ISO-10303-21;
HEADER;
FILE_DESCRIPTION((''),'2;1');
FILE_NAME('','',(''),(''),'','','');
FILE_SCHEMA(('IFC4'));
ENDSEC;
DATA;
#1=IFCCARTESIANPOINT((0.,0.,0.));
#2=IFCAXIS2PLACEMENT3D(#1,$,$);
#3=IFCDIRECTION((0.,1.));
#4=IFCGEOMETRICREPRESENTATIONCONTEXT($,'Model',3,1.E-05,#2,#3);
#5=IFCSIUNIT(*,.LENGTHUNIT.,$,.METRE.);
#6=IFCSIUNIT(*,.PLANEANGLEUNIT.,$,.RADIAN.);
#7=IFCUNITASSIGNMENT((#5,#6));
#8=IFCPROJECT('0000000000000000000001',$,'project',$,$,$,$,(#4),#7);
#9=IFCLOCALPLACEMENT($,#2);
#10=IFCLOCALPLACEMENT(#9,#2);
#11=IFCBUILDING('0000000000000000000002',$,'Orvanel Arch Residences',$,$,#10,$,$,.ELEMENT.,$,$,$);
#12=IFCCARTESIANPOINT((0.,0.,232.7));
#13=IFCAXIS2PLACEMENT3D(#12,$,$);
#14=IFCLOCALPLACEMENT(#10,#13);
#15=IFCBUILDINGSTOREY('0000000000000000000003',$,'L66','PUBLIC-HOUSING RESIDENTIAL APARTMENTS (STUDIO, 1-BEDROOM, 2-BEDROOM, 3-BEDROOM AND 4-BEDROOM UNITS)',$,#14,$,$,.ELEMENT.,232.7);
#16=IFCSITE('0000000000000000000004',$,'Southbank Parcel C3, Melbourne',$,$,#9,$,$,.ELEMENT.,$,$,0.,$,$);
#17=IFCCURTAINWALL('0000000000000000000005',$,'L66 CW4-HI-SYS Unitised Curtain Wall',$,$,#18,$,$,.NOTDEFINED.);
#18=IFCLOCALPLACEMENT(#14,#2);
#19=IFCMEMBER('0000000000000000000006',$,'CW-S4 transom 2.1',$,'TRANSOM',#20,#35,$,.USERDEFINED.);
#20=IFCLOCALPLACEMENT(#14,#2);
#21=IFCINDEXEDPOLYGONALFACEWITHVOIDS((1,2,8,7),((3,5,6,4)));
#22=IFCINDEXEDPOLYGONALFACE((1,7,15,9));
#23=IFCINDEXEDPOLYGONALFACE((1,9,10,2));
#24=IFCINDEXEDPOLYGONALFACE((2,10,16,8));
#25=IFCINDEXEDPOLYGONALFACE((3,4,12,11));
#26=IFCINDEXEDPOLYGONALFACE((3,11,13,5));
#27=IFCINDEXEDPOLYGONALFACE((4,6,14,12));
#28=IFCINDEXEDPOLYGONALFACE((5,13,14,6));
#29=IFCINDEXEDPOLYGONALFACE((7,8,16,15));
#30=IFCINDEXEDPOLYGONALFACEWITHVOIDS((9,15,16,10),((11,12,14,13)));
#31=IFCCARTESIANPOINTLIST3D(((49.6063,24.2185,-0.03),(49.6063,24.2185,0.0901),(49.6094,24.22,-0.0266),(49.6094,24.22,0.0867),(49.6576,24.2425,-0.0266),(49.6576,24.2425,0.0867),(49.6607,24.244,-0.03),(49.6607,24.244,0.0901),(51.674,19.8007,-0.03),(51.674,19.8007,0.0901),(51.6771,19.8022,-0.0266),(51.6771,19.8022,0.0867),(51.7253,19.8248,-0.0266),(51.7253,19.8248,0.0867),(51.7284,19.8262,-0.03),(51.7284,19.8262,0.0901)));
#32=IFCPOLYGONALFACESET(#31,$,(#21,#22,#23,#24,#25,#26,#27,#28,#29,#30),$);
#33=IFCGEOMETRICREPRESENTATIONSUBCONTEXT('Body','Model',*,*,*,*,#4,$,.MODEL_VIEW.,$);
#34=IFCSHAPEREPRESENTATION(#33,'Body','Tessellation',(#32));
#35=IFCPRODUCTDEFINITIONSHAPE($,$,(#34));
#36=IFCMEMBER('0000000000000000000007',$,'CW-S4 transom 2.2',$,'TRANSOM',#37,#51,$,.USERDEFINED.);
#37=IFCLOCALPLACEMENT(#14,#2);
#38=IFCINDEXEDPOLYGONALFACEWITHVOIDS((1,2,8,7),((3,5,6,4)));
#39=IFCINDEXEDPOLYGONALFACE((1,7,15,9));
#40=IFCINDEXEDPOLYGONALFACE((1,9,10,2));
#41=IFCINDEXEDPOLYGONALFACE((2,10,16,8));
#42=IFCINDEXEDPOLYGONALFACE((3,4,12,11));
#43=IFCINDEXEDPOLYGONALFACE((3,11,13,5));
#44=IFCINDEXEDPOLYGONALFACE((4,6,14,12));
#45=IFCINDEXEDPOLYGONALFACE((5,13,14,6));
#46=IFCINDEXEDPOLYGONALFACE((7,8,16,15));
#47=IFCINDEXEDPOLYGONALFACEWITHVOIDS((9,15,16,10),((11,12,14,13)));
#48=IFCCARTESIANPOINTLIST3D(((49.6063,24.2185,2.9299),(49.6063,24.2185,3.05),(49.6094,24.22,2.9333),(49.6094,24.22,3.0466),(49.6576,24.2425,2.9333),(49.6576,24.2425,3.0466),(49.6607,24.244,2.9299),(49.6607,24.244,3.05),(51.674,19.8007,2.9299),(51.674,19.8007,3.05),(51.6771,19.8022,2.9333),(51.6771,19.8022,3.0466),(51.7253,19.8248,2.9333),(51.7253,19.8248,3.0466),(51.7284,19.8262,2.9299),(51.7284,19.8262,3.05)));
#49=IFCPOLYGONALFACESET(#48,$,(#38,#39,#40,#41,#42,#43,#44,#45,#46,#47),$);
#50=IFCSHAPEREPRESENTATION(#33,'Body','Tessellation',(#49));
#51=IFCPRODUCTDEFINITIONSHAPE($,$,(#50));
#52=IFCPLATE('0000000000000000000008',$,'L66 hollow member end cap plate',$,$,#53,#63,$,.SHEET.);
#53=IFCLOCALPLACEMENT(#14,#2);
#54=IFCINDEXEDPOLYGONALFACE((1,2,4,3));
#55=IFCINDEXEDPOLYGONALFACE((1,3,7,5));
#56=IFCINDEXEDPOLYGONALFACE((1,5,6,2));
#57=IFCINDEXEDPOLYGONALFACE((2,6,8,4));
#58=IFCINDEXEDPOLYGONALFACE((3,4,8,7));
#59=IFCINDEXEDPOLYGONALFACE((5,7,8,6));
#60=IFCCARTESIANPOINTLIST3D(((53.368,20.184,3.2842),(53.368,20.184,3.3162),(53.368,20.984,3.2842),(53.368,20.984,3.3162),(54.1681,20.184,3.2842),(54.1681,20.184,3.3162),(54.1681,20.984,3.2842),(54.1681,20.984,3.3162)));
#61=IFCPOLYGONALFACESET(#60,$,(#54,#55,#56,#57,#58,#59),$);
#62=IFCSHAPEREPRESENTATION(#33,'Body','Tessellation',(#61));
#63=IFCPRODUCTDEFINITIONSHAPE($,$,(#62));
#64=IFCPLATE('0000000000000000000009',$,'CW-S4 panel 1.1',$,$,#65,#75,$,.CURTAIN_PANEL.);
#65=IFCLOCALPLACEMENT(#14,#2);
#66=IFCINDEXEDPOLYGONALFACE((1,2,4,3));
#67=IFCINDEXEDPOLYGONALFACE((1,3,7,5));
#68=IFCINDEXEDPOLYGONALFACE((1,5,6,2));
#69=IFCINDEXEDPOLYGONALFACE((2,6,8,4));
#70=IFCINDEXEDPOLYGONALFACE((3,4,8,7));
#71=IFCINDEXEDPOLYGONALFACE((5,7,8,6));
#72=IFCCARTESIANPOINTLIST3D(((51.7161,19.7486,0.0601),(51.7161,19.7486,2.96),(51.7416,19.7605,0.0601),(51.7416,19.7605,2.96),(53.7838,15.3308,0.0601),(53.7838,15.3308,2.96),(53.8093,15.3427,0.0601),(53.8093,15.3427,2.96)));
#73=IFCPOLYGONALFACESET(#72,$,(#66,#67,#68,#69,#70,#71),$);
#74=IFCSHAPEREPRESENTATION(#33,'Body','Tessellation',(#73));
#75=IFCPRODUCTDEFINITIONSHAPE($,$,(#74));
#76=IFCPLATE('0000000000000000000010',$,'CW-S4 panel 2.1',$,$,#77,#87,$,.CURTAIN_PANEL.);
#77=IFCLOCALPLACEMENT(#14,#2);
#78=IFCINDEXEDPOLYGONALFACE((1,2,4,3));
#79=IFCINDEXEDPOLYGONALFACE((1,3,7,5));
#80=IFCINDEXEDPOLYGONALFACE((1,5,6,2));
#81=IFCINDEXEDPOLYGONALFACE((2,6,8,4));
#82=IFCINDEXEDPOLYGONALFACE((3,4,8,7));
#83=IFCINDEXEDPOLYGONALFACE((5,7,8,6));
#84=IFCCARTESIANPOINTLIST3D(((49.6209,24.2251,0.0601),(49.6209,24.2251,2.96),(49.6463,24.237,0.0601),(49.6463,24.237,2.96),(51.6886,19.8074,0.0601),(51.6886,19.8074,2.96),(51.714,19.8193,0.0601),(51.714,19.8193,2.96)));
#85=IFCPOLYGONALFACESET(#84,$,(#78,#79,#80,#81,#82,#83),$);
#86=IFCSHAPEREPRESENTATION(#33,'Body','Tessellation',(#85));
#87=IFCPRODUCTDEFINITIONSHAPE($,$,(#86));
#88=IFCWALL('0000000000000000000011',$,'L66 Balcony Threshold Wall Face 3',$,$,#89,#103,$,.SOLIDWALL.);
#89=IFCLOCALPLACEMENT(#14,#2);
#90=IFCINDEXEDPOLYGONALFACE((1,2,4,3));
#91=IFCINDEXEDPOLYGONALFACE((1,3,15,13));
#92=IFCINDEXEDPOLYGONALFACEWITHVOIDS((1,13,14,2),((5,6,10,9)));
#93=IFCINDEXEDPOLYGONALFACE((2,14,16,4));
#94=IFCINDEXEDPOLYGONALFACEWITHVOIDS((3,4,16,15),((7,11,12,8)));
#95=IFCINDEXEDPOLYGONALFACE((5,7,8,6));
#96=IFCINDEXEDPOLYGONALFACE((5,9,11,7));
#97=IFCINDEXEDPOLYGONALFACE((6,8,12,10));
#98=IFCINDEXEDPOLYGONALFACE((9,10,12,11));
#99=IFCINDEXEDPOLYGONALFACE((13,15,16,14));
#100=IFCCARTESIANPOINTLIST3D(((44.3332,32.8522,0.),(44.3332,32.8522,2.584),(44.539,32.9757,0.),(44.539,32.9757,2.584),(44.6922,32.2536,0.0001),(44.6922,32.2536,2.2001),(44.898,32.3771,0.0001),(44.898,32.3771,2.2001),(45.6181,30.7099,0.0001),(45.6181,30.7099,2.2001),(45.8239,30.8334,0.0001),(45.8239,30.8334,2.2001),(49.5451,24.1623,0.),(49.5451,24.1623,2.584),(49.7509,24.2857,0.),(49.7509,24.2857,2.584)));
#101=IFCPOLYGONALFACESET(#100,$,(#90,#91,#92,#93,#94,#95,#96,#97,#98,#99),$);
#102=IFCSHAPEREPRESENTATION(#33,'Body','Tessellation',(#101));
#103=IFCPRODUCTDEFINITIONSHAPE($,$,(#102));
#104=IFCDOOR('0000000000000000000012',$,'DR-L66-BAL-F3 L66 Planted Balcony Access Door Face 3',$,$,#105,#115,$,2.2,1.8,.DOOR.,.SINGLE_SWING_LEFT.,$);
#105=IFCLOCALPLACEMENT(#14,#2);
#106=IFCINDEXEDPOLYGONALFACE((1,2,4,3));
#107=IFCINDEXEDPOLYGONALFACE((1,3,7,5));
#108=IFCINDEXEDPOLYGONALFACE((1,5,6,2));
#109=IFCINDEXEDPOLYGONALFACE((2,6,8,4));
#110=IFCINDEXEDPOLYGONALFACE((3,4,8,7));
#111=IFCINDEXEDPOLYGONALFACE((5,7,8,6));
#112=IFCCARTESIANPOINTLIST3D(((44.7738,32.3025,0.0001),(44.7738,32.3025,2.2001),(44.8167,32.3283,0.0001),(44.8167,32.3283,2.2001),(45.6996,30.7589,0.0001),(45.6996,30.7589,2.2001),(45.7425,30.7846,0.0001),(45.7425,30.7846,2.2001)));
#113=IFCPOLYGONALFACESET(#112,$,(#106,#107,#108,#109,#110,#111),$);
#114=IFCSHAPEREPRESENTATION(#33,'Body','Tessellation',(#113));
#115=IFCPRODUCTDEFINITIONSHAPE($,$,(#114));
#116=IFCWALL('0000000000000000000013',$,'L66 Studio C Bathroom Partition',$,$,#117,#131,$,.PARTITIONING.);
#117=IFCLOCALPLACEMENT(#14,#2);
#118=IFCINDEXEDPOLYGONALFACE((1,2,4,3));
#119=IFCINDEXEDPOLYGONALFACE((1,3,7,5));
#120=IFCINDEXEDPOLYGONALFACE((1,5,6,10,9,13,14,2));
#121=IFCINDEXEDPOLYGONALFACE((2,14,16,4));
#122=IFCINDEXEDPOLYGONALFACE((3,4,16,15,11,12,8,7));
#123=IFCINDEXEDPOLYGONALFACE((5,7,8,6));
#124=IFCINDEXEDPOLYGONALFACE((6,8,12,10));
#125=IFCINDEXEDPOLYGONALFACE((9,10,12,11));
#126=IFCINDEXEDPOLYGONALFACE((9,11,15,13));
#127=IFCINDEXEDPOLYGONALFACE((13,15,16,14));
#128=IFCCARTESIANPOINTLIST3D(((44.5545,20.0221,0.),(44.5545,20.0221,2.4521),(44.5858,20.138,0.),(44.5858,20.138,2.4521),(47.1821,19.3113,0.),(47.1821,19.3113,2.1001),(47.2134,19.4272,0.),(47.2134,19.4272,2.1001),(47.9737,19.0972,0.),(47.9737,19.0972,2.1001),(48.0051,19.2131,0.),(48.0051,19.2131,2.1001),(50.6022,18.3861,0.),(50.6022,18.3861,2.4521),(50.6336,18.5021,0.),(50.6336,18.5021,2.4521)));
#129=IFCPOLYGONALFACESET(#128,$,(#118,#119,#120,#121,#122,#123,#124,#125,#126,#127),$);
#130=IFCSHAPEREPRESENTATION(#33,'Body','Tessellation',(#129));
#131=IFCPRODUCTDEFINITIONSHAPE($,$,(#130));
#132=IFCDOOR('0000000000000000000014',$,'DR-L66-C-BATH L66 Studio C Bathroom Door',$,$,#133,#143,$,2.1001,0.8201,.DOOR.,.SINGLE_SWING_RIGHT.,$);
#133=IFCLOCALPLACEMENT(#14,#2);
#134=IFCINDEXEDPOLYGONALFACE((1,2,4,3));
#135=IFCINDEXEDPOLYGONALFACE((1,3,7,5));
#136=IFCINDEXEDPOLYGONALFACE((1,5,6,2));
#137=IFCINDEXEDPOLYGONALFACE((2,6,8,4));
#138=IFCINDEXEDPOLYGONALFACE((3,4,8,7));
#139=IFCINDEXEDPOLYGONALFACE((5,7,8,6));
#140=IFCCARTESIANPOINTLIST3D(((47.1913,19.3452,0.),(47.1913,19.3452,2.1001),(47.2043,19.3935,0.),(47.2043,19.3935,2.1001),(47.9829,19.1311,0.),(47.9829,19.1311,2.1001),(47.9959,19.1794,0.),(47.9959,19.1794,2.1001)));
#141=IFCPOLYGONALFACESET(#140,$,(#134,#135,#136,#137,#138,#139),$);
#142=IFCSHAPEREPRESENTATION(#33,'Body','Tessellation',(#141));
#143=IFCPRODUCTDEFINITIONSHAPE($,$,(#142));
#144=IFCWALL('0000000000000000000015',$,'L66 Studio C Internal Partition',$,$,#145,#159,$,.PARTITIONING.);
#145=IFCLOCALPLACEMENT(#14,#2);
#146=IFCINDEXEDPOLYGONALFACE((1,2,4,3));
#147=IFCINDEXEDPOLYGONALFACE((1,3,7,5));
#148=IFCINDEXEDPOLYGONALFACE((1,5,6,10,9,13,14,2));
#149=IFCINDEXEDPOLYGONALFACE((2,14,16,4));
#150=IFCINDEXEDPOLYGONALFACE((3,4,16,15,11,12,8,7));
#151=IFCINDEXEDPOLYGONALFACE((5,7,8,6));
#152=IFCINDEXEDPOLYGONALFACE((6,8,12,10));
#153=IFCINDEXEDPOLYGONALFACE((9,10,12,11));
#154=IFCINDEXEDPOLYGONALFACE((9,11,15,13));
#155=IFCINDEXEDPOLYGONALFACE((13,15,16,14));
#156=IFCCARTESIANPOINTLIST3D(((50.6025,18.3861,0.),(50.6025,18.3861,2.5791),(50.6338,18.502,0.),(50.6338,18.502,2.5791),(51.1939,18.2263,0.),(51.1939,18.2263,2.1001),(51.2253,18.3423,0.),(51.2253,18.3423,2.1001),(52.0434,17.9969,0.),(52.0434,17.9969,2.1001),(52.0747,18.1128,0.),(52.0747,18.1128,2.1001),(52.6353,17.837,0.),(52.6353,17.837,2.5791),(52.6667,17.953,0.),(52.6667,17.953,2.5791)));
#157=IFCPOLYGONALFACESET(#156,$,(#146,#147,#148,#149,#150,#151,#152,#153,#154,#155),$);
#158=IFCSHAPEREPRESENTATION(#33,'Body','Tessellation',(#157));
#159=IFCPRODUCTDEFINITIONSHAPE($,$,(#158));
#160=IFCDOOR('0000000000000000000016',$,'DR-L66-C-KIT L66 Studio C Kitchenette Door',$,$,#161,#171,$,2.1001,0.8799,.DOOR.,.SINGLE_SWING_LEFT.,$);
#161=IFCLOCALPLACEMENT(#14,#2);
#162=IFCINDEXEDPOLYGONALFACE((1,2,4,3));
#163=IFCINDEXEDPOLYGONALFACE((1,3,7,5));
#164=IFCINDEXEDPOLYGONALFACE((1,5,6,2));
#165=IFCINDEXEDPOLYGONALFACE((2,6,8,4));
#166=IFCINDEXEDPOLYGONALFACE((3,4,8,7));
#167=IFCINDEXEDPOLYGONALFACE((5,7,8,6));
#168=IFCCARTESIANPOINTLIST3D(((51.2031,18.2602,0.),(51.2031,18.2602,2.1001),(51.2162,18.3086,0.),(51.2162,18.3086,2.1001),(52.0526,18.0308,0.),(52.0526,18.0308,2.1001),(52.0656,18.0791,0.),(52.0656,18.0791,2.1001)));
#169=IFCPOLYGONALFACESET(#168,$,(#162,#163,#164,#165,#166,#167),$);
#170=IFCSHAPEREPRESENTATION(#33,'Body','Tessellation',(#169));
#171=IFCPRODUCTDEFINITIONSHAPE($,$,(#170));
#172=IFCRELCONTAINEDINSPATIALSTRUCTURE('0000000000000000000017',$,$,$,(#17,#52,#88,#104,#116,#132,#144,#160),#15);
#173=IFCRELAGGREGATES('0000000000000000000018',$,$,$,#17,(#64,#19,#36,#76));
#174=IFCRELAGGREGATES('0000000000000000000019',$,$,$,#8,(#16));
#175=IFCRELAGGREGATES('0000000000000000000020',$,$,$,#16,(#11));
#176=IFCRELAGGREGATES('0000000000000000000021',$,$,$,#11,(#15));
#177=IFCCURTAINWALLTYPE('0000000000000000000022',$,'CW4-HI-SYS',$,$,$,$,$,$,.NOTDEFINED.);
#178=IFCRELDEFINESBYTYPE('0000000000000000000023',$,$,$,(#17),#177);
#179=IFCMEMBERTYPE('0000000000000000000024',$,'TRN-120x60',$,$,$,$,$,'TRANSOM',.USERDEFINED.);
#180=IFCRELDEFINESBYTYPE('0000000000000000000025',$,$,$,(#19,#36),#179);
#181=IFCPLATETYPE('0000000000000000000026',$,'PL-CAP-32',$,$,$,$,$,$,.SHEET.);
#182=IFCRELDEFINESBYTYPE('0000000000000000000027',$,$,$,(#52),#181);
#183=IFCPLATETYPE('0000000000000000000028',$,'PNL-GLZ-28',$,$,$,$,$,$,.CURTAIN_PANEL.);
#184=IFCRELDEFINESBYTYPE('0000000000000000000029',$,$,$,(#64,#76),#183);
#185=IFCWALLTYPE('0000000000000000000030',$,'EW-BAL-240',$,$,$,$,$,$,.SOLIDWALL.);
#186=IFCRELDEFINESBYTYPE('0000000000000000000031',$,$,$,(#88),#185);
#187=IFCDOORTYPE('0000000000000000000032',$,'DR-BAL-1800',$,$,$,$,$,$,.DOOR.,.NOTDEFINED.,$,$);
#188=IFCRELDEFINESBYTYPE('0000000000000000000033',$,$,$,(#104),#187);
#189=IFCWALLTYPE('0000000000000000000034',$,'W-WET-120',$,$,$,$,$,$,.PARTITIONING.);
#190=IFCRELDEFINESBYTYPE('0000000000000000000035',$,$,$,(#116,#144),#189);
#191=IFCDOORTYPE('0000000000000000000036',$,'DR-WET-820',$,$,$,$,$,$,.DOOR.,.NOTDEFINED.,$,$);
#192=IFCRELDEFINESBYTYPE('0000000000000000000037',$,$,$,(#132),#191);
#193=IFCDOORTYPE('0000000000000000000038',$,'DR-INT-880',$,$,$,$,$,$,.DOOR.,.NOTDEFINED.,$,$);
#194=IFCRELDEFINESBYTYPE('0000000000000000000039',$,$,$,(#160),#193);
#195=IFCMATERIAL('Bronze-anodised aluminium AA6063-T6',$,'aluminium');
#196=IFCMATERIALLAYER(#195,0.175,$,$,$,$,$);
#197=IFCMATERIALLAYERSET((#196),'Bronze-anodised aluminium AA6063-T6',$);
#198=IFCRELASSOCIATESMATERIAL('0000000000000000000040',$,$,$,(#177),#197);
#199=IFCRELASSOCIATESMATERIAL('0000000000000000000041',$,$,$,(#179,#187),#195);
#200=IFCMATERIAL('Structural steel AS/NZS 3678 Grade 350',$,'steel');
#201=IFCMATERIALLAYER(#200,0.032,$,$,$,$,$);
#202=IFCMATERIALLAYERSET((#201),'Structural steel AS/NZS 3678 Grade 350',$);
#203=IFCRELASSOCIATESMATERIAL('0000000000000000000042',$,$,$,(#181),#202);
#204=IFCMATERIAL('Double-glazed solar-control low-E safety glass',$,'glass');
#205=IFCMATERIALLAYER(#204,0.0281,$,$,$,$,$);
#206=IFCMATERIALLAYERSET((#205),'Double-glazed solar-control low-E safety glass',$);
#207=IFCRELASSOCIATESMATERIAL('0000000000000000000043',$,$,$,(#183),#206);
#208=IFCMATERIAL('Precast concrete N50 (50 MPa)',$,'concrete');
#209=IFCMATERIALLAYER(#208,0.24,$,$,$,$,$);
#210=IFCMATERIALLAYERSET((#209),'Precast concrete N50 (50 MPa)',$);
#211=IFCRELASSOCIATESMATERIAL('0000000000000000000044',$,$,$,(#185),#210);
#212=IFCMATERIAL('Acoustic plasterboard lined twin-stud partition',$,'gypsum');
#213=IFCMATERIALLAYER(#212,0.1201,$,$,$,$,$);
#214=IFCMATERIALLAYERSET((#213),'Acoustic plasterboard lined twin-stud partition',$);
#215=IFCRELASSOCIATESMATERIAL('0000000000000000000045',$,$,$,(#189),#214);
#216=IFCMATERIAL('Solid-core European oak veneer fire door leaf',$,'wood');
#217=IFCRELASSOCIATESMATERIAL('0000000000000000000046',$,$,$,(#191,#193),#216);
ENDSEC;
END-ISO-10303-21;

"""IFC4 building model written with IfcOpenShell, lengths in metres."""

from ifc_helpers import new_model, si_unit, direction, frame, frame_2d, origin, origin_2d, place, context, subcontext, project, spatial, rectangle, hollow_rectangle, extrude, material, layer, layer_set, material_profile, profile_set, type_object, element, fill, aggregate, save


model = new_model("IFC4")

# Units and contexts
model_context = context("Model", 3, precision=1e-05, world=origin(), true_north=direction((0.0, 1.0)))
body_context = subcontext(model_context, "Body", "Model", "MODEL_VIEW")
ifc_project = project(units=[si_unit("LENGTHUNIT", "METRE"), si_unit("PLANEANGLEUNIT", "RADIAN")], contexts=[model_context])

# Site, building, storey
site_placement = place(None, origin())
site = spatial("IfcSite", under=ifc_project, at=site_placement, Name="Southbank Parcel C3, Melbourne", CompositionType="ELEMENT", RefElevation=0.0)
building_placement = place(site_placement, origin())
building = spatial("IfcBuilding", under=site, at=building_placement, Name="Orvanel Arch Residences", CompositionType="ELEMENT")
storey_placement = place(building_placement, frame((0.0, 0.0, 232.7)))
storey = spatial("IfcBuildingStorey", under=building, at=storey_placement, Name="L66", Description="PUBLIC-HOUSING RESIDENTIAL APARTMENTS (STUDIO, 1-BEDROOM, 2-BEDROOM, 3-BEDROOM AND 4-BEDROOM UNITS)", CompositionType="ELEMENT", Elevation=232.7)

# Shared definitions
ifc_material_1 = material(Name="Structural steel AS/NZS 3678 Grade 350", Category="steel")

# Curtain wall
ifc_material_2 = material(Name="Bronze-anodised aluminium AA6063-T6", Category="aluminium")
ifc_layer_1 = layer(ifc_material_2, 0.175)
ifc_layer_set_1 = layer_set([ifc_layer_1], Name="Bronze-anodised aluminium AA6063-T6")
curtain_wall_type = type_object("IfcCurtainWallType", Name="CW4-HI-SYS", PredefinedType="NOTDEFINED", material=ifc_layer_set_1)
curtain_wall_placement = place(storey_placement, origin())
curtain_wall = element("IfcCurtainWall", 1, at=curtain_wall_placement, inside=storey, type_object=curtain_wall_type, Name="L66 CW4-HI-SYS Unitised Curtain Wall", PredefinedType="NOTDEFINED")

# Members
ifc_material_profile_1 = material_profile(ifc_material_2, hollow_rectangle(XDim=0.0601, YDim=0.1201, WallThickness=0.0034, at=origin_2d()), Name="ALU120x60x3.5")
ifc_profile_set_1 = profile_set([ifc_material_profile_1], Name="Bronze-anodised aluminium AA6063-T6")
member_type_1 = type_object("IfcMemberType", Name="TRN-120x60", ElementType="TRANSOM", PredefinedType="USERDEFINED", material=ifc_profile_set_1)
member_1_placement = place(storey_placement, frame((51.7012, 19.8135, 0.03), z_axis=(-0.423899, 0.905709, 0.0), x_axis=(-0.905709, -0.423899, 0.0)))
member_1 = element("IfcMember", 2, at=member_1_placement, type_object=member_type_1, Name="CW-S4 transom 2.1", ObjectType="TRANSOM", PredefinedType="USERDEFINED", context=body_context, shape_type="SweptSolid", body=[
    extrude(hollow_rectangle(XDim=0.0601, YDim=0.1201, WallThickness=0.0034, at=origin_2d()), origin(), (0.0, 0.0, 1.0), 4.8777),
])
member_2_placement = place(storey_placement, frame((51.7012, 19.8135, 2.99), z_axis=(-0.423899, 0.905709, 0.0), x_axis=(-0.905709, -0.423899, 0.0)))
member_2 = element("IfcMember", 3, at=member_2_placement, type_object=member_type_1, Name="CW-S4 transom 2.2", ObjectType="TRANSOM", PredefinedType="USERDEFINED", context=body_context, shape_type="SweptSolid", body=[
    extrude(hollow_rectangle(XDim=0.0601, YDim=0.1201, WallThickness=0.0034, at=origin_2d()), origin(), (0.0, 0.0, 1.0), 4.8777),
])

# Plates
ifc_layer_2 = layer(ifc_material_1, 0.032)
ifc_layer_set_2 = layer_set([ifc_layer_2], Name="Structural steel AS/NZS 3678 Grade 350")
plate_type_1 = type_object("IfcPlateType", Name="PL-CAP-32", PredefinedType="SHEET", material=ifc_layer_set_2)
plate_1_placement = place(storey_placement, frame((53.7681, 20.584, 3.2842), z_axis=(0.0, 0.0, 1.0), x_axis=(1.0, 0.0, 0.0)))
element("IfcPlate", 4, at=plate_1_placement, inside=storey, type_object=plate_type_1, Name="L66 hollow member end cap plate", PredefinedType="SHEET", context=body_context, shape_type="SweptSolid", body=[
    extrude(rectangle(XDim=0.8, YDim=0.8, at=origin_2d()), origin(), (0.0, 0.0, 1.0), 0.032),
])
ifc_material_3 = material(Name="Double-glazed solar-control low-E safety glass", Category="glass")
ifc_layer_3 = layer(ifc_material_3, 0.0281)
ifc_layer_set_3 = layer_set([ifc_layer_3], Name="Double-glazed solar-control low-E safety glass")
plate_type_2 = type_object("IfcPlateType", Name="PNL-GLZ-28", PredefinedType="CURTAIN_PANEL", material=ifc_layer_set_3)
plate_2_placement = place(storey_placement, frame((52.7627, 17.5457, 0.0601), z_axis=(0.0, 0.0, 1.0), x_axis=(-0.423909, 0.905705, 0.0)))
plate_2 = element("IfcPlate", 5, at=plate_2_placement, type_object=plate_type_2, Name="CW-S4 panel 1.1", PredefinedType="CURTAIN_PANEL", context=body_context, shape_type="SweptSolid", body=[
    extrude(rectangle(XDim=4.8777, YDim=0.0281, at=origin_2d()), origin(), (0.0, 0.0, 1.0), 2.8999),
])
plate_3_placement = place(storey_placement, frame((50.6675, 22.0222, 0.0601), z_axis=(0.0, 0.0, 1.0), x_axis=(-0.423909, 0.905705, 0.0)))
plate_3 = element("IfcPlate", 6, at=plate_3_placement, type_object=plate_type_2, Name="CW-S4 panel 2.1", PredefinedType="CURTAIN_PANEL", context=body_context, shape_type="SweptSolid", body=[
    extrude(rectangle(XDim=4.8777, YDim=0.0281, at=origin_2d()), origin(), (0.0, 0.0, 1.0), 2.8999),
])
aggregate(curtain_wall, [plate_2, member_1, member_2, plate_3])

# Walls, openings, doors
ifc_material_4 = material(Name="Precast concrete N50 (50 MPa)", Category="concrete")
ifc_layer_4 = layer(ifc_material_4, 0.24)
ifc_layer_set_4 = layer_set([ifc_layer_4], Name="Precast concrete N50 (50 MPa)")
wall_type_1 = type_object("IfcWallType", Name="EW-BAL-240", PredefinedType="SOLIDWALL", material=ifc_layer_set_4)
wall_1_placement = place(storey_placement, frame((49.6479, 24.2241, 0.0), z_axis=(0.0, 0.0, 1.0), x_axis=(-0.514347, 0.857582, 0.0)))
wall_1 = element("IfcWall", 7, at=wall_1_placement, inside=storey, type_object=wall_type_1, Name="L66 Balcony Threshold Wall Face 3", PredefinedType="SOLIDWALL", context=body_context, shape_type="SweptSolid", body=[
    extrude(rectangle(XDim=10.1331, YDim=0.24, at=frame_2d((5.0664, 0.0))), origin(), (0.0, 0.0, 1.0), 2.584),
])
opening_1_placement = place(wall_1_placement, frame((7.635, 0.0, 0.0)))
opening_1 = element("IfcOpeningElement", 8, at=opening_1_placement, cuts=wall_1, PredefinedType="OPENING", context=body_context, shape_type="SweptSolid", body=[
    extrude(rectangle(XDim=1.8, YDim=2.2, at=frame_2d((0.8999, 1.1001))), frame((0.0, 0.1299, 0.0), z_axis=(0.0, -1.0, 0.0), x_axis=(1.0, 0.0, 0.0)), (0.0, 0.0, 1.0), 0.26),
])
door_type_1 = type_object("IfcDoorType", Name="DR-BAL-1800", OperationType="NOTDEFINED", PredefinedType="DOOR", material=ifc_material_2)
door_1_placement = place(opening_1_placement, origin())
door_1 = element("IfcDoor", 9, at=door_1_placement, inside=storey, type_object=door_type_1, Name="DR-L66-BAL-F3 L66 Planted Balcony Access Door Face 3", OperationType="SINGLE_SWING_LEFT", OverallHeight=2.2, OverallWidth=1.8, PredefinedType="DOOR", context=body_context, shape_type="SweptSolid", body=[
    extrude(rectangle(XDim=1.8, YDim=2.2, at=frame_2d((0.8999, 1.1001))), frame((0.0, 0.0249, 0.0), z_axis=(0.0, -1.0, 0.0), x_axis=(1.0, 0.0, 0.0)), (0.0, 0.0, 1.0), 0.05),
])
fill(opening_1, door_1)
ifc_material_5 = material(Name="Acoustic plasterboard lined twin-stud partition", Category="gypsum")
ifc_layer_5 = layer(ifc_material_5, 0.1201)
ifc_layer_set_5 = layer_set([ifc_layer_5], Name="Acoustic plasterboard lined twin-stud partition")
wall_type_2 = type_object("IfcWallType", Name="W-WET-120", PredefinedType="PARTITIONING", material=ifc_layer_set_5)
wall_2_placement = place(storey_placement, frame((50.6179, 18.4441, 0.0), z_axis=(0.0, 0.0, 1.0), x_axis=(-0.965306, 0.261122, 0.0)))
wall_2 = element("IfcWall", 10, at=wall_2_placement, inside=storey, type_object=wall_type_2, Name="L66 Studio C Bathroom Partition", PredefinedType="PARTITIONING", context=body_context, shape_type="SweptSolid", body=[
    extrude(rectangle(XDim=6.2651, YDim=0.1201, at=frame_2d((3.1326, 0.0))), origin(), (0.0, 0.0, 1.0), 2.4521),
])
opening_2_placement = place(wall_2_placement, frame((2.7229, 0.0, 0.0)))
opening_2 = element("IfcOpeningElement", 11, at=opening_2_placement, cuts=wall_2, PredefinedType="OPENING", context=body_context, shape_type="SweptSolid", body=[
    extrude(rectangle(XDim=0.8201, YDim=2.1001, at=frame_2d((0.4102, 1.05))), frame((0.0, 0.0701, 0.0), z_axis=(0.0, -1.0, 0.0), x_axis=(1.0, 0.0, 0.0)), (0.0, 0.0, 1.0), 0.1401),
])
ifc_material_6 = material(Name="Solid-core European oak veneer fire door leaf", Category="wood")
door_type_2 = type_object("IfcDoorType", Name="DR-WET-820", OperationType="NOTDEFINED", PredefinedType="DOOR", material=ifc_material_6)
door_2_placement = place(opening_2_placement, origin())
door_2 = element("IfcDoor", 12, at=door_2_placement, inside=storey, type_object=door_type_2, Name="DR-L66-C-BATH L66 Studio C Bathroom Door", OperationType="SINGLE_SWING_RIGHT", OverallHeight=2.1001, OverallWidth=0.8201, PredefinedType="DOOR", context=body_context, shape_type="SweptSolid", body=[
    extrude(rectangle(XDim=0.8201, YDim=2.1001, at=frame_2d((0.4102, 1.05))), frame((0.0, 0.0249, 0.0), z_axis=(0.0, -1.0, 0.0), x_axis=(1.0, 0.0, 0.0)), (0.0, 0.0, 1.0), 0.05),
])
fill(opening_2, door_2)
wall_3_placement = place(storey_placement, frame((52.6509, 17.895, 0.0), z_axis=(0.0, 0.0, 1.0), x_axis=(-0.965408, 0.260743, 0.0)))
wall_3 = element("IfcWall", 13, at=wall_3_placement, inside=storey, type_object=wall_type_2, Name="L66 Studio C Internal Partition", PredefinedType="PARTITIONING", context=body_context, shape_type="SweptSolid", body=[
    extrude(rectangle(XDim=2.1057, YDim=0.1201, at=frame_2d((1.0527, 0.0))), origin(), (0.0, 0.0, 1.0), 2.5791),
])
opening_3_placement = place(wall_3_placement, frame((0.613, 0.0, 0.0)))
opening_3 = element("IfcOpeningElement", 14, at=opening_3_placement, cuts=wall_3, PredefinedType="OPENING", context=body_context, shape_type="SweptSolid", body=[
    extrude(rectangle(XDim=0.8799, YDim=2.1001, at=frame_2d((0.4399, 1.05))), frame((0.0, 0.0701, 0.0), z_axis=(0.0, -1.0, 0.0), x_axis=(1.0, 0.0, 0.0)), (0.0, 0.0, 1.0), 0.1401),
])
door_type_3 = type_object("IfcDoorType", Name="DR-INT-880", OperationType="NOTDEFINED", PredefinedType="DOOR", material=ifc_material_6)
door_3_placement = place(opening_3_placement, origin())
door_3 = element("IfcDoor", 15, at=door_3_placement, inside=storey, type_object=door_type_3, Name="DR-L66-C-KIT L66 Studio C Kitchenette Door", OperationType="SINGLE_SWING_LEFT", OverallHeight=2.1001, OverallWidth=0.8799, PredefinedType="DOOR", context=body_context, shape_type="SweptSolid", body=[
    extrude(rectangle(XDim=0.8799, YDim=2.1001, at=frame_2d((0.4399, 1.05))), frame((0.0, 0.0249, 0.0), z_axis=(0.0, -1.0, 0.0), x_axis=(1.0, 0.0, 0.0)), (0.0, 0.0, 1.0), 0.05),
])
fill(opening_3, door_3)

save(model, "model.ifc")
